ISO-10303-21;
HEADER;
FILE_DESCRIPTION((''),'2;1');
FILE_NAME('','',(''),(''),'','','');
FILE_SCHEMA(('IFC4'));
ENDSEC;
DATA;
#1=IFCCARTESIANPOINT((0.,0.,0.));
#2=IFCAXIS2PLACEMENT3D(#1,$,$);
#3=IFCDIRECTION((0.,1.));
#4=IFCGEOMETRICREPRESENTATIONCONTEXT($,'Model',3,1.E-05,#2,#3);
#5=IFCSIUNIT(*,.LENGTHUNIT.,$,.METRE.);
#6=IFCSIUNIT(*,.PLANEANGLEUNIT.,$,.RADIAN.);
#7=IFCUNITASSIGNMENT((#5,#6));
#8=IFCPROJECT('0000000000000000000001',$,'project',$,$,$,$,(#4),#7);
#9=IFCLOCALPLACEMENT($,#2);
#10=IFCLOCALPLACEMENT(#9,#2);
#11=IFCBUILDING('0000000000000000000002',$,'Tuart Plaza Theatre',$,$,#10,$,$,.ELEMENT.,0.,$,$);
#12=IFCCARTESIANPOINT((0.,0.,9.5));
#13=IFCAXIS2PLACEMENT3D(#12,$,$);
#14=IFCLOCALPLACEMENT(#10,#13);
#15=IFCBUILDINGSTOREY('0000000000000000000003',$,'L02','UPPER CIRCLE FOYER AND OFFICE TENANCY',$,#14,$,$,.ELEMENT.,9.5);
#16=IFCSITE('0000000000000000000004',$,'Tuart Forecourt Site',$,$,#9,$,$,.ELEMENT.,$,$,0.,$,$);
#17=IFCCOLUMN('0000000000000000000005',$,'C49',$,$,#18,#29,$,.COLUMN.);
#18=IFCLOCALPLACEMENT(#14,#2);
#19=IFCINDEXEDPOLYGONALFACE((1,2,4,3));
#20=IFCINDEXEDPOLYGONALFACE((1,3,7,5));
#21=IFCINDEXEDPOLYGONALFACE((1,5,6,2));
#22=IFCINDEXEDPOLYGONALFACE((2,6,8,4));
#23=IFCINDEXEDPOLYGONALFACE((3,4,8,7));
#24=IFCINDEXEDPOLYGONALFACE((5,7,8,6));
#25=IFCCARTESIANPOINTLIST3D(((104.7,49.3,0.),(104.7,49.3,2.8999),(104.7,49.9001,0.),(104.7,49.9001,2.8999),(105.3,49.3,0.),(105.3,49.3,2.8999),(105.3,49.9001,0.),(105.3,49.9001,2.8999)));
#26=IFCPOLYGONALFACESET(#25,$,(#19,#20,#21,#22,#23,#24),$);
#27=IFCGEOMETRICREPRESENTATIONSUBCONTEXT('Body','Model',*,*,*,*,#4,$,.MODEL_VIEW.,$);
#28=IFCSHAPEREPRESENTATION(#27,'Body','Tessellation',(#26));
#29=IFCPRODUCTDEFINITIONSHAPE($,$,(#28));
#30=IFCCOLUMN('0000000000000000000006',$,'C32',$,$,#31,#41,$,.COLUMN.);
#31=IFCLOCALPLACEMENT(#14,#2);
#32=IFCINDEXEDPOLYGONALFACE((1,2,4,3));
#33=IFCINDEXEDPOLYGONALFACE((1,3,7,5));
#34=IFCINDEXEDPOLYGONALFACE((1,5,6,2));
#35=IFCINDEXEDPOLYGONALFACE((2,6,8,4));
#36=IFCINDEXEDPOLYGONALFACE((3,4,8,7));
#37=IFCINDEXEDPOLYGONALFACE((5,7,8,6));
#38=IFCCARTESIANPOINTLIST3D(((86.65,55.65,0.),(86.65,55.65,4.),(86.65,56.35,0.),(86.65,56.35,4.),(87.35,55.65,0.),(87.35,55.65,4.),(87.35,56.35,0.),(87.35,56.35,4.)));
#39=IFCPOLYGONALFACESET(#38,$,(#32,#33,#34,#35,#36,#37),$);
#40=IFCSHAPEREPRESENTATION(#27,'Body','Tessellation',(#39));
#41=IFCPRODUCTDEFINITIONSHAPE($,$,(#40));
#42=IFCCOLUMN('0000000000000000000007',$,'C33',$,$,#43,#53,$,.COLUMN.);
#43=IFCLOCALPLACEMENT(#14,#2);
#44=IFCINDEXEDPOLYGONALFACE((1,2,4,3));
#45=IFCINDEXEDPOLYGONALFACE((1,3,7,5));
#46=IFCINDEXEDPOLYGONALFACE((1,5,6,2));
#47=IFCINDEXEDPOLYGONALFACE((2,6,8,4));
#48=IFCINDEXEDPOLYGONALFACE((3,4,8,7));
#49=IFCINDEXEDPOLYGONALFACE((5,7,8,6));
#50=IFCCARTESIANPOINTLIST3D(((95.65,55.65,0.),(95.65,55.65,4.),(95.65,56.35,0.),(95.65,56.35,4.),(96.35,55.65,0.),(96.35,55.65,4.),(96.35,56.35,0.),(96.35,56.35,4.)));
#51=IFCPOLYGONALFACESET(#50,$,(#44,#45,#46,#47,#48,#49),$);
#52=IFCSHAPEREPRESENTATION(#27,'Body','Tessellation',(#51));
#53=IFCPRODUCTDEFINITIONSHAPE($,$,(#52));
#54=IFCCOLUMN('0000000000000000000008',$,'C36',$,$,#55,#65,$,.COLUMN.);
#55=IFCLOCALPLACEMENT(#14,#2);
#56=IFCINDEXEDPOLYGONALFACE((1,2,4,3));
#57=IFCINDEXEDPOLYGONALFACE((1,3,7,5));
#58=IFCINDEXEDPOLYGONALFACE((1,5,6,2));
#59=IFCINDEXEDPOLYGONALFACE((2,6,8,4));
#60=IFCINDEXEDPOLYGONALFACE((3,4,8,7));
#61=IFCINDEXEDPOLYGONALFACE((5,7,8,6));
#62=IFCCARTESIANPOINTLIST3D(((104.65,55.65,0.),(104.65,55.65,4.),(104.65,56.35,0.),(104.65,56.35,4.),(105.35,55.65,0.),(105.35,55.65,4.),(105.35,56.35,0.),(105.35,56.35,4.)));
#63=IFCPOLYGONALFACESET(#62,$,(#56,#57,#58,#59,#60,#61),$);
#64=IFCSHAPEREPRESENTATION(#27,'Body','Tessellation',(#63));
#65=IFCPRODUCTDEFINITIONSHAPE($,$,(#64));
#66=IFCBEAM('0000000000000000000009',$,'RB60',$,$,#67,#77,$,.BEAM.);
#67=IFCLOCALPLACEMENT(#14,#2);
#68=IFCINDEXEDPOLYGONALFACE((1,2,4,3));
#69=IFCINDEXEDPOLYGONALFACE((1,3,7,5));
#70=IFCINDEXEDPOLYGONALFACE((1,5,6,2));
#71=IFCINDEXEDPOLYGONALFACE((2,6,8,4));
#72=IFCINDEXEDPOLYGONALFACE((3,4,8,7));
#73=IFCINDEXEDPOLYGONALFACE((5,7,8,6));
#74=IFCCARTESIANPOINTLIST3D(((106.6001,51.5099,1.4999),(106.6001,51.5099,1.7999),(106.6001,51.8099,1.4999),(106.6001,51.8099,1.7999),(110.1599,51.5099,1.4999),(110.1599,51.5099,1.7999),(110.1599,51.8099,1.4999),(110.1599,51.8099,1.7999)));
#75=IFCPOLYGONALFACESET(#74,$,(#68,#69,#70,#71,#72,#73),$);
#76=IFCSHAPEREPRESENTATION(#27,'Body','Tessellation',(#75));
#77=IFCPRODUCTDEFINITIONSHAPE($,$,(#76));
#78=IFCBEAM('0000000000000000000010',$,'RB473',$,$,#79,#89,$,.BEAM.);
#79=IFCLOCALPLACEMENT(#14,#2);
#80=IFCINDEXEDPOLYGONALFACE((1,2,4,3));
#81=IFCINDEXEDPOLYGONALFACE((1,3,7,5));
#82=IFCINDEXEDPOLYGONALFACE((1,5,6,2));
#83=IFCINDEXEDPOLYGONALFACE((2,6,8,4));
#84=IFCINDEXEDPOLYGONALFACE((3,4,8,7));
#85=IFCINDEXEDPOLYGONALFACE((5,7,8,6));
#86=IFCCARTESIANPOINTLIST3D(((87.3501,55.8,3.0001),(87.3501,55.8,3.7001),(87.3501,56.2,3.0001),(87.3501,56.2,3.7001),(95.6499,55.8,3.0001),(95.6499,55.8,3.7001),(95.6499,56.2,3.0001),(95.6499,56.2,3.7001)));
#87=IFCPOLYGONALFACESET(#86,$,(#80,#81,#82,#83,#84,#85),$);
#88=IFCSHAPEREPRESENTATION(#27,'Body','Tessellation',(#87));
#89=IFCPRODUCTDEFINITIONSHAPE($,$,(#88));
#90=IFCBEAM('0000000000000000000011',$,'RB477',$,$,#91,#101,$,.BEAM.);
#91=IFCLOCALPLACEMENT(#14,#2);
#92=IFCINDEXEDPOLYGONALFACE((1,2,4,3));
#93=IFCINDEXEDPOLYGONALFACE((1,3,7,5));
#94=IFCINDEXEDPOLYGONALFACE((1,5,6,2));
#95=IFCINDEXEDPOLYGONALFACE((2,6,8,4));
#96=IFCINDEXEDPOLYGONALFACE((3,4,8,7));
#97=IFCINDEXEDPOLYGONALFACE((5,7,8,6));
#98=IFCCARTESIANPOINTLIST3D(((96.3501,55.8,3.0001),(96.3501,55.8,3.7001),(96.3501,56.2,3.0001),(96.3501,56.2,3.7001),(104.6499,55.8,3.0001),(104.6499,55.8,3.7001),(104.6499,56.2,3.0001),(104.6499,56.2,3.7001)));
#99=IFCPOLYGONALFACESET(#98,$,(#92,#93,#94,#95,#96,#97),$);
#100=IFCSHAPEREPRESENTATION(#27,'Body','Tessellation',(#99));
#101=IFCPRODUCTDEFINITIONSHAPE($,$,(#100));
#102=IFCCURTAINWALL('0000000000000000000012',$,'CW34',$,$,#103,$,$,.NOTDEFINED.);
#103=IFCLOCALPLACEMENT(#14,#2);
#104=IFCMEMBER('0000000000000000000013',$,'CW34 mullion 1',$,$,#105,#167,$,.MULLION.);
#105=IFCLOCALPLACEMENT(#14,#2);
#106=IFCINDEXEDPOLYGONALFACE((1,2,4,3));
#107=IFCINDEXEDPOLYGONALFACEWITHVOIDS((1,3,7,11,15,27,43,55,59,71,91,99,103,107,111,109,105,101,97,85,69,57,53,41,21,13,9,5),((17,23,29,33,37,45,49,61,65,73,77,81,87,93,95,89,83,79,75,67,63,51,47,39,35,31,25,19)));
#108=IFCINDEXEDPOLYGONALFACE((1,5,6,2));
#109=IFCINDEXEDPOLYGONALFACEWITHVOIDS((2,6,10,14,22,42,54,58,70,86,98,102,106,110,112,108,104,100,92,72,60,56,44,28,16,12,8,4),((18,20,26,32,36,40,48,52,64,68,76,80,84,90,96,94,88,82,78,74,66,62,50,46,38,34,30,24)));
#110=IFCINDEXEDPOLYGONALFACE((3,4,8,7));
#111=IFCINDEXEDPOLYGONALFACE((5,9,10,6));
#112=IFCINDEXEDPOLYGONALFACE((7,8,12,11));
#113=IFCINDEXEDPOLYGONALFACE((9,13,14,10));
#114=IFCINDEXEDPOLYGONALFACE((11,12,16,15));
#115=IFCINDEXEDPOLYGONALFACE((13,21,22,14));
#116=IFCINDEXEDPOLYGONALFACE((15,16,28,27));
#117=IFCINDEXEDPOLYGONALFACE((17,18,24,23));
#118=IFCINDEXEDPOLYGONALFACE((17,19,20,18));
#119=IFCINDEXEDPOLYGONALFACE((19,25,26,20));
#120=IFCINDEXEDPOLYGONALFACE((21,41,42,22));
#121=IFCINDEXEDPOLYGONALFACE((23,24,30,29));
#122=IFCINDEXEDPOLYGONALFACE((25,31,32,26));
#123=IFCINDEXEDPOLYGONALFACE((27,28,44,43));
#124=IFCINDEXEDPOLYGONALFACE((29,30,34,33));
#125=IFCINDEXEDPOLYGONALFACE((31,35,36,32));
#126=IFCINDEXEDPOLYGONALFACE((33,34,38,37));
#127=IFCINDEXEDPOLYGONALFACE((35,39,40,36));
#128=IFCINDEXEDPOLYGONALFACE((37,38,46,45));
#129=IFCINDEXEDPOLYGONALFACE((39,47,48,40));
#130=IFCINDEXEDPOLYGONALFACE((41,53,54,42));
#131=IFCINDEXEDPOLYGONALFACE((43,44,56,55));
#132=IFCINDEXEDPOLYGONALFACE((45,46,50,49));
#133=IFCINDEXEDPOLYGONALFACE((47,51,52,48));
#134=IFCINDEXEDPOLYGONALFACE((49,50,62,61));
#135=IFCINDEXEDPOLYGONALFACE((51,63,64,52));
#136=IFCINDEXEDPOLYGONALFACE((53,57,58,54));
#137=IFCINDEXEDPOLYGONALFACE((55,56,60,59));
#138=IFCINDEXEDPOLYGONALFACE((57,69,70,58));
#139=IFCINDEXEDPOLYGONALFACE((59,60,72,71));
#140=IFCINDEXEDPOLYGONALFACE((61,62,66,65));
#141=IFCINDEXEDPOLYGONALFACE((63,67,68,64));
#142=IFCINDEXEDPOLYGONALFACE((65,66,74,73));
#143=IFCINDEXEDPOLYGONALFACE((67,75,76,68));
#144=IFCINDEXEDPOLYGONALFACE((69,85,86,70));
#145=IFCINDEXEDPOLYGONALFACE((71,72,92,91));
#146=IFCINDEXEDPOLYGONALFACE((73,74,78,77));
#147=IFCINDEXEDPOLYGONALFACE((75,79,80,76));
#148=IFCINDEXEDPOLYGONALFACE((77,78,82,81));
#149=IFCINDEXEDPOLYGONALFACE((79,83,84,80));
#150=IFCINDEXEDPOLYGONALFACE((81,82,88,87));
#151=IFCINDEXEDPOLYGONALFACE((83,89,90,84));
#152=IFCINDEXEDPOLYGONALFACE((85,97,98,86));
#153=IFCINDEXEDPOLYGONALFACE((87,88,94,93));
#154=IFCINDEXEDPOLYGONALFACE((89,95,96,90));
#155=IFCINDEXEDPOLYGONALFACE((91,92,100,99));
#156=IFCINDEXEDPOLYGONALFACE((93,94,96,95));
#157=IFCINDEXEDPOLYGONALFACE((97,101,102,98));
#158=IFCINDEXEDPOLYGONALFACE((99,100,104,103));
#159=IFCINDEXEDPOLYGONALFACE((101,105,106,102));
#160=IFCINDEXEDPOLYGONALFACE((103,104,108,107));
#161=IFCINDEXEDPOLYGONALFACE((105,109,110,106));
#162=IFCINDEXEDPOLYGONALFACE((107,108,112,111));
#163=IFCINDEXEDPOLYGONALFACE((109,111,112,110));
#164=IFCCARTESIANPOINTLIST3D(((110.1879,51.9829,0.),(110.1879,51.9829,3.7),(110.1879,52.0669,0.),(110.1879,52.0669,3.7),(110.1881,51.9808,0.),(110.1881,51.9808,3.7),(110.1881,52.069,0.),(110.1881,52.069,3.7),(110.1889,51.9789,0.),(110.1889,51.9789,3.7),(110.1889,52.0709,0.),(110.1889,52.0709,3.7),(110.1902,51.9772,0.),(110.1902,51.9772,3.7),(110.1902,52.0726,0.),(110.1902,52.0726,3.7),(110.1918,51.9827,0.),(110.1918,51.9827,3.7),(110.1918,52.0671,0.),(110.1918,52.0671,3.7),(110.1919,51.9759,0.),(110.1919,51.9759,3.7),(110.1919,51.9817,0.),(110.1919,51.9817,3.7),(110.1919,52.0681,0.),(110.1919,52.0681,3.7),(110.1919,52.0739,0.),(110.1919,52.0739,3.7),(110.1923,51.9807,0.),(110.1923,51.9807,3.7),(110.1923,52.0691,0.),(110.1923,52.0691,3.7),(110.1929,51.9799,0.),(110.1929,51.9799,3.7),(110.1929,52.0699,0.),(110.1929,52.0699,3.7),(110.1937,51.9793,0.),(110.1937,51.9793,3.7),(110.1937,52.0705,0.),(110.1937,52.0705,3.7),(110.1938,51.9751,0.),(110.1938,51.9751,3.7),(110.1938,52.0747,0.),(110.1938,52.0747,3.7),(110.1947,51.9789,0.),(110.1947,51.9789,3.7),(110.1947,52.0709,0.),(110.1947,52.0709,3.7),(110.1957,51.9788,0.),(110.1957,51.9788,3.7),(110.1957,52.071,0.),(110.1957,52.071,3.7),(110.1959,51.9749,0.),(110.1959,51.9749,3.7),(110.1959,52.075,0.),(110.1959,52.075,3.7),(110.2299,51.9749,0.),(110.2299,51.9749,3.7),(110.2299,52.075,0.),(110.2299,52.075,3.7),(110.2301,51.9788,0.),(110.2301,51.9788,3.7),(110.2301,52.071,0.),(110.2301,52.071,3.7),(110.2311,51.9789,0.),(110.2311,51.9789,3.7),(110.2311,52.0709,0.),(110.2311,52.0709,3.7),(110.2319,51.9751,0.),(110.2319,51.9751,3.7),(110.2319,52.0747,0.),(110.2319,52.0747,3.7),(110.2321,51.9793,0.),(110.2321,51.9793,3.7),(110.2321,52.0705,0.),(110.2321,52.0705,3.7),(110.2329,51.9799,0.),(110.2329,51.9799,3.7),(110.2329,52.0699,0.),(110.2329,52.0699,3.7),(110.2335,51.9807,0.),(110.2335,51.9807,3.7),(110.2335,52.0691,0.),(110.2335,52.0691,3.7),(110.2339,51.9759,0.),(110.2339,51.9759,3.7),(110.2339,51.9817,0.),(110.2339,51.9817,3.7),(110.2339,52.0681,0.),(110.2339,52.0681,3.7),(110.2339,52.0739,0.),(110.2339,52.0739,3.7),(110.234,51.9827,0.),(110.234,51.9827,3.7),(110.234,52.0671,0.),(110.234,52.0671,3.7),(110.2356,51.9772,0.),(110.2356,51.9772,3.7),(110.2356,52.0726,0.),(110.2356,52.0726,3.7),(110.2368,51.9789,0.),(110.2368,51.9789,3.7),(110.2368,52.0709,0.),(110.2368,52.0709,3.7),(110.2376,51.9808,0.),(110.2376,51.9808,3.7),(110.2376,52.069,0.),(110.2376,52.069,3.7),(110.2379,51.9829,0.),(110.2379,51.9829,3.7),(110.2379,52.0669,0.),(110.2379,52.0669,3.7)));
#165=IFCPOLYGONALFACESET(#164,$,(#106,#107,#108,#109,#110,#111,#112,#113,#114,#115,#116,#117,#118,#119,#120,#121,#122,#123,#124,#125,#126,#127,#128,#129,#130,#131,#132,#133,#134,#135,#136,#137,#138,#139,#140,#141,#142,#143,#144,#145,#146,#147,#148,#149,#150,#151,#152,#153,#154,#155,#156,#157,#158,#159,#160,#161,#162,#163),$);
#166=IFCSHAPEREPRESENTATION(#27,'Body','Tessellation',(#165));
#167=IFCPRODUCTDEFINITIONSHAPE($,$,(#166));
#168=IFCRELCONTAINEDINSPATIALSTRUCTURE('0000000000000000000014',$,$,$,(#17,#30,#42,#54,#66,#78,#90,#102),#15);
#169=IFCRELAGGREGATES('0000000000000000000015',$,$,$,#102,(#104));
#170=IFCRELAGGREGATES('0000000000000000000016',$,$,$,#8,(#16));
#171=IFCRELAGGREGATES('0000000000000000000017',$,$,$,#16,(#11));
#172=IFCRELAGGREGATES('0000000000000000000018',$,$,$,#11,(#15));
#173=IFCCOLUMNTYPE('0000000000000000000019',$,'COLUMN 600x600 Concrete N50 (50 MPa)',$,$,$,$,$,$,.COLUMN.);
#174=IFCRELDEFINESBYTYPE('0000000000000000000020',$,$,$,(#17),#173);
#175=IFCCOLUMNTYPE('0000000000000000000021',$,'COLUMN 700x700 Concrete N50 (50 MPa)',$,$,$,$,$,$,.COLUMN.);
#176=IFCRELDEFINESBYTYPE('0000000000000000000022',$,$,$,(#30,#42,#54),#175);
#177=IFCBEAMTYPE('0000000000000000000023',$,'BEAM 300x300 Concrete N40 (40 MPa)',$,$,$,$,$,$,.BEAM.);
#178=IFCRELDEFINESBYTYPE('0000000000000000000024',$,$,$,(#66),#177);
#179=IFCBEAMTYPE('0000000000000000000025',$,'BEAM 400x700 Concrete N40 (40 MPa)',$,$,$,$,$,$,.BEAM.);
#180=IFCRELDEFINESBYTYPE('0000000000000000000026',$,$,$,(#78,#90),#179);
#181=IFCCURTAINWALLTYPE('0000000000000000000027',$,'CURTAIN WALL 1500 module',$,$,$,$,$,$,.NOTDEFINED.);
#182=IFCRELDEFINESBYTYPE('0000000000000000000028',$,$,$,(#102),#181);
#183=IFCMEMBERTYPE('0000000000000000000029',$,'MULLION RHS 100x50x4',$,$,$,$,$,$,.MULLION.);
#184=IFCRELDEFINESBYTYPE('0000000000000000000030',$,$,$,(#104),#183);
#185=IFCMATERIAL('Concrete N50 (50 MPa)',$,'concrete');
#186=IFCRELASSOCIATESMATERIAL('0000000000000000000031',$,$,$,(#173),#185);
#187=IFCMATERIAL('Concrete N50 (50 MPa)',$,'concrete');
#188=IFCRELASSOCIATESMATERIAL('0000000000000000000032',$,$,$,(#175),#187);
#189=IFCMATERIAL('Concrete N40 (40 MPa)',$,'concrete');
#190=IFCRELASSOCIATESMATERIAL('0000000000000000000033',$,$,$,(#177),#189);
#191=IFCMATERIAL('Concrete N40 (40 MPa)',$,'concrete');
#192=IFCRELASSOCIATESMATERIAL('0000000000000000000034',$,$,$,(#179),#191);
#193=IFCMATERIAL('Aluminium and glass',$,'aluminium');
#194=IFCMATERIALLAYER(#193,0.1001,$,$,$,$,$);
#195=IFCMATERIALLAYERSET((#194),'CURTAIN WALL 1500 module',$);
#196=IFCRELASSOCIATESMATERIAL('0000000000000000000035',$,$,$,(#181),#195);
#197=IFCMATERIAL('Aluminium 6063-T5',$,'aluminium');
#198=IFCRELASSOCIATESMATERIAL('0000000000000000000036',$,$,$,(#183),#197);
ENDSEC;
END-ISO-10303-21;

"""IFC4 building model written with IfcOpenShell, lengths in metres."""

from ifc_helpers import new_model, si_unit, direction, frame, origin, origin_2d, place, context, subcontext, project, spatial, rectangle, hollow_rectangle, extrude, material, layer, layer_set, material_profile, profile_set, type_object, element, aggregate, save


model = new_model("IFC4")

# Units and contexts
model_context = context("Model", 3, precision=1e-05, world=origin(), true_north=direction((0.0, 1.0)))
body_context = subcontext(model_context, "Body", "Model", "MODEL_VIEW")
ifc_project = project(units=[si_unit("LENGTHUNIT", "METRE"), si_unit("PLANEANGLEUNIT", "RADIAN")], contexts=[model_context])

# Site, building, storey
site_placement = place(None, origin())
site = spatial("IfcSite", under=ifc_project, at=site_placement, Name="Tuart Forecourt Site", CompositionType="ELEMENT", RefElevation=0.0)
building_placement = place(site_placement, origin())
building = spatial("IfcBuilding", under=site, at=building_placement, Name="Tuart Plaza Theatre", CompositionType="ELEMENT", ElevationOfRefHeight=0.0)
storey_placement = place(building_placement, frame((0.0, 0.0, 9.5)))
storey = spatial("IfcBuildingStorey", under=building, at=storey_placement, Name="L02", Description="UPPER CIRCLE FOYER AND OFFICE TENANCY", CompositionType="ELEMENT", Elevation=9.5)

# Columns
ifc_material_1 = material(Name="Concrete N50 (50 MPa)", Category="concrete")
ifc_material_profile_1 = material_profile(ifc_material_1, rectangle(XDim=0.6001, YDim=0.6001, at=origin_2d()), Name="COLUMN 600x600 Concrete N50 (50 MPa)")
ifc_profile_set_1 = profile_set([ifc_material_profile_1], Name="Concrete N50 (50 MPa)")
column_type_1 = type_object("IfcColumnType", Name="COLUMN 600x600 Concrete N50 (50 MPa)", PredefinedType="COLUMN", material=ifc_profile_set_1)
column_placement = place(storey_placement, frame((105.0, 49.6001, 0.0), z_axis=(0.0, 0.0, 1.0), x_axis=(1.0, 0.0, 0.0)))
element("IfcColumn", 1, at=column_placement, inside=storey, type_object=column_type_1, Name="C49", PredefinedType="COLUMN", context=body_context, shape_type="SweptSolid", body=[
    extrude(rectangle(XDim=0.6001, YDim=0.6001, at=origin_2d()), origin(), (0.0, 0.0, 1.0), 2.8999),
])
ifc_material_2 = material(Name="Concrete N50 (50 MPa)", Category="concrete")
ifc_material_profile_2 = material_profile(ifc_material_2, rectangle(XDim=0.7, YDim=0.7, at=origin_2d()), Name="COLUMN 700x700 Concrete N50 (50 MPa)")
ifc_profile_set_2 = profile_set([ifc_material_profile_2], Name="Concrete N50 (50 MPa)")
column_type_2 = type_object("IfcColumnType", Name="COLUMN 700x700 Concrete N50 (50 MPa)", PredefinedType="COLUMN", material=ifc_profile_set_2)
for number, where, z_axis, x_axis, name in (
    (2, (87.0, 56.0, 0.0), (0.0, 0.0, 1.0), (1.0, 0.0, 0.0), "C32"),
    (3, (96.0, 56.0, 0.0), (0.0, 0.0, 1.0), (1.0, 0.0, 0.0), "C33"),
    (4, (105.0, 56.0, 0.0), (0.0, 0.0, 1.0), (1.0, 0.0, 0.0), "C36"),
):
    element("IfcColumn", number, at=place(storey_placement, frame(where, z_axis=z_axis, x_axis=x_axis)), inside=storey, type_object=column_type_2, Name=name, PredefinedType="COLUMN", context=body_context, shape_type="SweptSolid", body=[
        extrude(rectangle(XDim=0.7, YDim=0.7, at=origin_2d()), origin(), (0.0, 0.0, 1.0), 4.0),
    ])

# Beams
ifc_material_3 = material(Name="Concrete N40 (40 MPa)", Category="concrete")
ifc_material_profile_3 = material_profile(ifc_material_3, rectangle(XDim=0.3, YDim=0.3, at=origin_2d()), Name="BEAM 300x300 Concrete N40 (40 MPa)")
ifc_profile_set_3 = profile_set([ifc_material_profile_3], Name="Concrete N40 (40 MPa)")
beam_type_1 = type_object("IfcBeamType", Name="BEAM 300x300 Concrete N40 (40 MPa)", PredefinedType="BEAM", material=ifc_profile_set_3)
beam_placement = place(storey_placement, frame((110.1599, 51.6599, 1.6499), z_axis=(-1.0, 0.0, 0.0), x_axis=(0.0, -1.0, 0.0)))
element("IfcBeam", 5, at=beam_placement, inside=storey, type_object=beam_type_1, Name="RB60", PredefinedType="BEAM", context=body_context, shape_type="SweptSolid", body=[
    extrude(rectangle(XDim=0.3, YDim=0.3, at=origin_2d()), origin(), (0.0, 0.0, 1.0), 3.5598),
])
ifc_material_4 = material(Name="Concrete N40 (40 MPa)", Category="concrete")
ifc_material_profile_4 = material_profile(ifc_material_4, rectangle(XDim=0.3999, YDim=0.7, at=origin_2d()), Name="BEAM 400x700 Concrete N40 (40 MPa)")
ifc_profile_set_4 = profile_set([ifc_material_profile_4], Name="Concrete N40 (40 MPa)")
beam_type_2 = type_object("IfcBeamType", Name="BEAM 400x700 Concrete N40 (40 MPa)", PredefinedType="BEAM", material=ifc_profile_set_4)
for number, where, z_axis, x_axis, name in (
    (6, (87.3501, 56.0, 3.3501), (1.0, 0.0, 0.0), (0.0, 1.0, 0.0), "RB473"),
    (7, (96.3501, 56.0, 3.3501), (1.0, 0.0, 0.0), (0.0, 1.0, 0.0), "RB477"),
):
    element("IfcBeam", number, at=place(storey_placement, frame(where, z_axis=z_axis, x_axis=x_axis)), inside=storey, type_object=beam_type_2, Name=name, PredefinedType="BEAM", context=body_context, shape_type="SweptSolid", body=[
        extrude(rectangle(XDim=0.3999, YDim=0.7, at=origin_2d()), origin(), (0.0, 0.0, 1.0), 8.2998),
    ])

# Curtain wall, member
ifc_material_5 = material(Name="Aluminium and glass", Category="aluminium")
ifc_layer_1 = layer(ifc_material_5, 0.1001)
ifc_layer_set_1 = layer_set([ifc_layer_1], Name="CURTAIN WALL 1500 module")
curtain_wall_type = type_object("IfcCurtainWallType", Name="CURTAIN WALL 1500 module", PredefinedType="NOTDEFINED", material=ifc_layer_set_1)
curtain_wall_placement = place(storey_placement, origin())
curtain_wall = element("IfcCurtainWall", 8, at=curtain_wall_placement, inside=storey, type_object=curtain_wall_type, Name="CW34", PredefinedType="NOTDEFINED")
ifc_material_6 = material(Name="Aluminium 6063-T5", Category="aluminium")
ifc_material_profile_5 = material_profile(ifc_material_6, hollow_rectangle(XDim=0.05, YDim=0.1001, WallThickness=0.0039, InnerFilletRadius=0.0039, OuterFilletRadius=0.0081, at=origin_2d()), Name="RHS 100x50x4")
ifc_profile_set_5 = profile_set([ifc_material_profile_5], Name="Aluminium 6063-T5")
member_type_1 = type_object("IfcMemberType", Name="MULLION RHS 100x50x4", PredefinedType="MULLION", material=ifc_profile_set_5)
member_1_placement = place(storey_placement, frame((110.2129, 52.0249, 0.0), z_axis=(0.0, 0.0, 1.0), x_axis=(-1.0, 0.0, 0.0)))
member_1 = element("IfcMember", 9, at=member_1_placement, type_object=member_type_1, Name="CW34 mullion 1", PredefinedType="MULLION", context=body_context, shape_type="SweptSolid", body=[
    extrude(hollow_rectangle(XDim=0.05, YDim=0.1001, WallThickness=0.0039, InnerFilletRadius=0.0039, OuterFilletRadius=0.0081, at=origin_2d()), origin(), (0.0, 0.0, 1.0), 3.7),
])
aggregate(curtain_wall, [member_1])

save(model, "model.ifc")
